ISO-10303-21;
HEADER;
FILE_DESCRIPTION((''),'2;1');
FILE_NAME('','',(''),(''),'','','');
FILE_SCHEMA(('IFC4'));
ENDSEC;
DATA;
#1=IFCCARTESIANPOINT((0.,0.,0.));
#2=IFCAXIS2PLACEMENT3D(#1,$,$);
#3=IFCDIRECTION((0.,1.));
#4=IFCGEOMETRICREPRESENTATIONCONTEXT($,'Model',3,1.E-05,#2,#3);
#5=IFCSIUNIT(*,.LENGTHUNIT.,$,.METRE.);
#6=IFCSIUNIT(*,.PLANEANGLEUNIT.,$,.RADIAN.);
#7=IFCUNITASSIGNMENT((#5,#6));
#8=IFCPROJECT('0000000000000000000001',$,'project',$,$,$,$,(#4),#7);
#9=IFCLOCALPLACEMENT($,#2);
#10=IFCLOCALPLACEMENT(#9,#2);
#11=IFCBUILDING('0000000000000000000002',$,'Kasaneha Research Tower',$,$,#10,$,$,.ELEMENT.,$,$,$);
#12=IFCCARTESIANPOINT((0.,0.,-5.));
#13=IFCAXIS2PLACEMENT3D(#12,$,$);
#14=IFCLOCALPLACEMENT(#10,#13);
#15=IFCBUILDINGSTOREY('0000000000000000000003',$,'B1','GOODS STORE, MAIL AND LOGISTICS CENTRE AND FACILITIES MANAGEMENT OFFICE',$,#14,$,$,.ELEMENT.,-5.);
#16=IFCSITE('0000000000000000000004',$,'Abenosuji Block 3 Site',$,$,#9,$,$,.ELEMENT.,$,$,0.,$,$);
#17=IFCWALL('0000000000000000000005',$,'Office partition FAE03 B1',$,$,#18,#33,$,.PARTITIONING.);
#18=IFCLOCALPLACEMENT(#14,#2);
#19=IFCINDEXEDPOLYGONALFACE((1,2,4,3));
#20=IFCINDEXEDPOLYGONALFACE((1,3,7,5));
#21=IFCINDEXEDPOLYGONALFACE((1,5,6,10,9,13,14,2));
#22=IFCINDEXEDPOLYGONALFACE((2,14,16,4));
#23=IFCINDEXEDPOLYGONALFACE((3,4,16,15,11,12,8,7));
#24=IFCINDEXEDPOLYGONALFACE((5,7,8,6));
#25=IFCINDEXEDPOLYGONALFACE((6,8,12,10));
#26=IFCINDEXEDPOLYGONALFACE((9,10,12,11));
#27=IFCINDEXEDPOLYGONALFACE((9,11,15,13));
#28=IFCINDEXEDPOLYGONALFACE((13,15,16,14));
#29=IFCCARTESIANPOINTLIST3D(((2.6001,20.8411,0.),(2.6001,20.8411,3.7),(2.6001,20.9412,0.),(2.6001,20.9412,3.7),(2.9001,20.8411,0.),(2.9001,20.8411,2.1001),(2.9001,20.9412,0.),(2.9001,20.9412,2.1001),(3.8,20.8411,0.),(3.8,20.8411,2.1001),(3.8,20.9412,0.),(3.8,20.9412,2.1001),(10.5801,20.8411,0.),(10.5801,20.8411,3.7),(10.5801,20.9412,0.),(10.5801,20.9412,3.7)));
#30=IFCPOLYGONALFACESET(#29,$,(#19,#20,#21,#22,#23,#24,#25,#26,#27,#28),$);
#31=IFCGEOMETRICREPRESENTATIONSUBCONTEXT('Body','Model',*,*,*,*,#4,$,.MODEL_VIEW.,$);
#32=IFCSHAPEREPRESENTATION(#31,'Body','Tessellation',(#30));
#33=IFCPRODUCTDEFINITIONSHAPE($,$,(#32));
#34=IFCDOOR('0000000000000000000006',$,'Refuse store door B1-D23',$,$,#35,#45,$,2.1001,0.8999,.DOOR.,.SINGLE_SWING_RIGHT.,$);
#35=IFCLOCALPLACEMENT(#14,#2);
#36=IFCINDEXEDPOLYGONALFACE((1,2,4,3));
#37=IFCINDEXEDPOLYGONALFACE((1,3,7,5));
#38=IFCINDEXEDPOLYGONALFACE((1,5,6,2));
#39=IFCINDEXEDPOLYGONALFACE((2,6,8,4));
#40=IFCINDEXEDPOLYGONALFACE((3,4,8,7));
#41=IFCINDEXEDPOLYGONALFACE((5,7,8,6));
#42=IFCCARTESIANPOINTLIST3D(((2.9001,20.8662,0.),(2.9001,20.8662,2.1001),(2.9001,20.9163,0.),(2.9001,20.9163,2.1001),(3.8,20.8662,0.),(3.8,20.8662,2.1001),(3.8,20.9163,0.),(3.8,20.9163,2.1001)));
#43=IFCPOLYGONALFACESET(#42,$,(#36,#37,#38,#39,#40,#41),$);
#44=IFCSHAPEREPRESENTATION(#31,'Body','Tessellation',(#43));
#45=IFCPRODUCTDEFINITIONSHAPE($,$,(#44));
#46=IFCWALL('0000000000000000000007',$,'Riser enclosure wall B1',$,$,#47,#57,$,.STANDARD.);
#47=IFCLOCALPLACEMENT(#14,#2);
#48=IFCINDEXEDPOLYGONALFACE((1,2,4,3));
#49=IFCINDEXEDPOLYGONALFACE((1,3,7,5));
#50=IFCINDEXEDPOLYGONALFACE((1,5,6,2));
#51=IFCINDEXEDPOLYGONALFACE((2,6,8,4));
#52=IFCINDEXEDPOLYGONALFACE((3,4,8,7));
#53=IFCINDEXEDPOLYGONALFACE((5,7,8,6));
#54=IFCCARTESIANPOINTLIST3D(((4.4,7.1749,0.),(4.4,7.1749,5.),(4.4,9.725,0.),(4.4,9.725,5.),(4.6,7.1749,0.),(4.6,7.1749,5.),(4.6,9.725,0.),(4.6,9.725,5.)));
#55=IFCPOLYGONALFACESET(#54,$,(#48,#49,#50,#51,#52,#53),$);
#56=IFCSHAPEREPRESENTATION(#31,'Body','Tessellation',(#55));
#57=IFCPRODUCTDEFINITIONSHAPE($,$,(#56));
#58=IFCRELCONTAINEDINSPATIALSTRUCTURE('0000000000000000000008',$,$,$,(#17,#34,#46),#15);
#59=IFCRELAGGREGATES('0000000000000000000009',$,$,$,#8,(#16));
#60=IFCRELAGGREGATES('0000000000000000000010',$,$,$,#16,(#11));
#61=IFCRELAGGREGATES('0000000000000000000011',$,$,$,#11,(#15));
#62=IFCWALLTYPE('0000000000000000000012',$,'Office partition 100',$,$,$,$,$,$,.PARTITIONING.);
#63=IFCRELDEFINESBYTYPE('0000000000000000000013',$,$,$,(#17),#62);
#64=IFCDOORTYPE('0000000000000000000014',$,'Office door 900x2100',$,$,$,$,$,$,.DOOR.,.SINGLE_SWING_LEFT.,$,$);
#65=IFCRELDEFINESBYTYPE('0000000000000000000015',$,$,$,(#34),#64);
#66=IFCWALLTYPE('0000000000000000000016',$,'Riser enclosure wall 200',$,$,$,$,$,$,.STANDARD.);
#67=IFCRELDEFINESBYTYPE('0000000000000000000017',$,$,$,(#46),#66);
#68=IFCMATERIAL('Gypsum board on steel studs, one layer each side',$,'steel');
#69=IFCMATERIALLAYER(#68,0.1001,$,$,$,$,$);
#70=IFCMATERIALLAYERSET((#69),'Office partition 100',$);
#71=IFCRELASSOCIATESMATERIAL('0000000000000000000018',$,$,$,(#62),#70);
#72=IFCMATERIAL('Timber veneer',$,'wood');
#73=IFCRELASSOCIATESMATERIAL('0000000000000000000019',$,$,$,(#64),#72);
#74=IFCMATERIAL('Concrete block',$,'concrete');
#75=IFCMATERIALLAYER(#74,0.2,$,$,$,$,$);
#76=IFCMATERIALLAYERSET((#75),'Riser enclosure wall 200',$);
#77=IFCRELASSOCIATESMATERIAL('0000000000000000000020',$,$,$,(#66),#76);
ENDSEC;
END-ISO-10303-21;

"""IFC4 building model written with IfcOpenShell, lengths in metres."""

from ifc_helpers import new_model, si_unit, direction, frame, frame_2d, origin, place, context, subcontext, project, spatial, rectangle, extrude, material, layer, layer_set, type_object, element, fill, save


model = new_model("IFC4")

# Units and contexts
model_context = context("Model", 3, precision=1e-05, world=origin(), true_north=direction((0.0, 1.0)))
body_context = subcontext(model_context, "Body", "Model", "MODEL_VIEW")
ifc_project = project(units=[si_unit("LENGTHUNIT", "METRE"), si_unit("PLANEANGLEUNIT", "RADIAN")], contexts=[model_context])

# Site, building, storey
site_placement = place(None, origin())
site = spatial("IfcSite", under=ifc_project, at=site_placement, Name="Abenosuji Block 3 Site", CompositionType="ELEMENT", RefElevation=0.0)
building_placement = place(site_placement, origin())
building = spatial("IfcBuilding", under=site, at=building_placement, Name="Kasaneha Research Tower", CompositionType="ELEMENT")
storey_placement = place(building_placement, frame((0.0, 0.0, -5.0)))
storey = spatial("IfcBuildingStorey", under=building, at=storey_placement, Name="B1", Description="GOODS STORE, MAIL AND LOGISTICS CENTRE AND FACILITIES MANAGEMENT OFFICE", CompositionType="ELEMENT", Elevation=-5.0)

# Shared definitions
ifc_material_1 = material(Name="Gypsum board on steel studs, one layer each side", Category="steel")
ifc_layer_1 = layer(ifc_material_1, 0.1001)
ifc_layer_set_1 = layer_set([ifc_layer_1], Name="Office partition 100")
wall_type_1 = type_object("IfcWallType", Name="Office partition 100", PredefinedType="PARTITIONING", material=ifc_layer_set_1)

# Wall, opening, door
wall_1_placement = place(storey_placement, frame((10.5801, 20.8911, 0.0), z_axis=(0.0, 0.0, 1.0), x_axis=(-1.0, 0.0, 0.0)))
wall_1 = element("IfcWall", 1, at=wall_1_placement, inside=storey, type_object=wall_type_1, Name="Office partition FAE03 B1", PredefinedType="PARTITIONING", context=body_context, shape_type="SweptSolid", body=[
    extrude(rectangle(XDim=7.98, YDim=0.1001, at=frame_2d((3.99, 0.0))), origin(), (0.0, 0.0, 1.0), 3.7),
])
opening_1_placement = place(wall_1_placement, frame((6.78, 0.0, 0.0)))
opening_1 = element("IfcOpeningElement", 2, at=opening_1_placement, cuts=wall_1, PredefinedType="OPENING", context=body_context, shape_type="SweptSolid", body=[
    extrude(rectangle(XDim=0.8999, YDim=2.1001, at=frame_2d((0.45, 1.05))), frame((0.0, 0.0601, 0.0), z_axis=(0.0, -1.0, 0.0), x_axis=(1.0, 0.0, 0.0)), (0.0, 0.0, 1.0), 0.1201),
])
ifc_material_2 = material(Name="Timber veneer", Category="wood")
door_type_1 = type_object("IfcDoorType", Name="Office door 900x2100", OperationType="SINGLE_SWING_LEFT", PredefinedType="DOOR", material=ifc_material_2)
door_1_placement = place(opening_1_placement, origin())
door_1 = element("IfcDoor", 3, at=door_1_placement, inside=storey, type_object=door_type_1, Name="Refuse store door B1-D23", OperationType="SINGLE_SWING_RIGHT", OverallHeight=2.1001, OverallWidth=0.8999, PredefinedType="DOOR", context=body_context, shape_type="SweptSolid", body=[
    extrude(rectangle(XDim=0.8999, YDim=2.1001, at=frame_2d((0.45, 1.05))), frame((0.0, 0.0249, 0.0), z_axis=(0.0, -1.0, 0.0), x_axis=(1.0, 0.0, 0.0)), (0.0, 0.0, 1.0), 0.05),
])
fill(opening_1, door_1)

# Wall
ifc_material_3 = material(Name="Concrete block", Category="concrete")
ifc_layer_2 = layer(ifc_material_3, 0.2)
ifc_layer_set_2 = layer_set([ifc_layer_2], Name="Riser enclosure wall 200")
wall_type_2 = type_object("IfcWallType", Name="Riser enclosure wall 200", PredefinedType="STANDARD", material=ifc_layer_set_2)
wall_2_placement = place(storey_placement, frame((4.5, 7.175, 0.0), z_axis=(0.0, 0.0, 1.0), x_axis=(0.0, 1.0, 0.0)))
element("IfcWall", 4, at=wall_2_placement, inside=storey, type_object=wall_type_2, Name="Riser enclosure wall B1", PredefinedType="STANDARD", context=body_context, shape_type="SweptSolid", body=[
    extrude(rectangle(XDim=2.55, YDim=0.2, at=frame_2d((1.2749, 0.0))), origin(), (0.0, 0.0, 1.0), 5.0),
])

save(model, "model.ifc")
